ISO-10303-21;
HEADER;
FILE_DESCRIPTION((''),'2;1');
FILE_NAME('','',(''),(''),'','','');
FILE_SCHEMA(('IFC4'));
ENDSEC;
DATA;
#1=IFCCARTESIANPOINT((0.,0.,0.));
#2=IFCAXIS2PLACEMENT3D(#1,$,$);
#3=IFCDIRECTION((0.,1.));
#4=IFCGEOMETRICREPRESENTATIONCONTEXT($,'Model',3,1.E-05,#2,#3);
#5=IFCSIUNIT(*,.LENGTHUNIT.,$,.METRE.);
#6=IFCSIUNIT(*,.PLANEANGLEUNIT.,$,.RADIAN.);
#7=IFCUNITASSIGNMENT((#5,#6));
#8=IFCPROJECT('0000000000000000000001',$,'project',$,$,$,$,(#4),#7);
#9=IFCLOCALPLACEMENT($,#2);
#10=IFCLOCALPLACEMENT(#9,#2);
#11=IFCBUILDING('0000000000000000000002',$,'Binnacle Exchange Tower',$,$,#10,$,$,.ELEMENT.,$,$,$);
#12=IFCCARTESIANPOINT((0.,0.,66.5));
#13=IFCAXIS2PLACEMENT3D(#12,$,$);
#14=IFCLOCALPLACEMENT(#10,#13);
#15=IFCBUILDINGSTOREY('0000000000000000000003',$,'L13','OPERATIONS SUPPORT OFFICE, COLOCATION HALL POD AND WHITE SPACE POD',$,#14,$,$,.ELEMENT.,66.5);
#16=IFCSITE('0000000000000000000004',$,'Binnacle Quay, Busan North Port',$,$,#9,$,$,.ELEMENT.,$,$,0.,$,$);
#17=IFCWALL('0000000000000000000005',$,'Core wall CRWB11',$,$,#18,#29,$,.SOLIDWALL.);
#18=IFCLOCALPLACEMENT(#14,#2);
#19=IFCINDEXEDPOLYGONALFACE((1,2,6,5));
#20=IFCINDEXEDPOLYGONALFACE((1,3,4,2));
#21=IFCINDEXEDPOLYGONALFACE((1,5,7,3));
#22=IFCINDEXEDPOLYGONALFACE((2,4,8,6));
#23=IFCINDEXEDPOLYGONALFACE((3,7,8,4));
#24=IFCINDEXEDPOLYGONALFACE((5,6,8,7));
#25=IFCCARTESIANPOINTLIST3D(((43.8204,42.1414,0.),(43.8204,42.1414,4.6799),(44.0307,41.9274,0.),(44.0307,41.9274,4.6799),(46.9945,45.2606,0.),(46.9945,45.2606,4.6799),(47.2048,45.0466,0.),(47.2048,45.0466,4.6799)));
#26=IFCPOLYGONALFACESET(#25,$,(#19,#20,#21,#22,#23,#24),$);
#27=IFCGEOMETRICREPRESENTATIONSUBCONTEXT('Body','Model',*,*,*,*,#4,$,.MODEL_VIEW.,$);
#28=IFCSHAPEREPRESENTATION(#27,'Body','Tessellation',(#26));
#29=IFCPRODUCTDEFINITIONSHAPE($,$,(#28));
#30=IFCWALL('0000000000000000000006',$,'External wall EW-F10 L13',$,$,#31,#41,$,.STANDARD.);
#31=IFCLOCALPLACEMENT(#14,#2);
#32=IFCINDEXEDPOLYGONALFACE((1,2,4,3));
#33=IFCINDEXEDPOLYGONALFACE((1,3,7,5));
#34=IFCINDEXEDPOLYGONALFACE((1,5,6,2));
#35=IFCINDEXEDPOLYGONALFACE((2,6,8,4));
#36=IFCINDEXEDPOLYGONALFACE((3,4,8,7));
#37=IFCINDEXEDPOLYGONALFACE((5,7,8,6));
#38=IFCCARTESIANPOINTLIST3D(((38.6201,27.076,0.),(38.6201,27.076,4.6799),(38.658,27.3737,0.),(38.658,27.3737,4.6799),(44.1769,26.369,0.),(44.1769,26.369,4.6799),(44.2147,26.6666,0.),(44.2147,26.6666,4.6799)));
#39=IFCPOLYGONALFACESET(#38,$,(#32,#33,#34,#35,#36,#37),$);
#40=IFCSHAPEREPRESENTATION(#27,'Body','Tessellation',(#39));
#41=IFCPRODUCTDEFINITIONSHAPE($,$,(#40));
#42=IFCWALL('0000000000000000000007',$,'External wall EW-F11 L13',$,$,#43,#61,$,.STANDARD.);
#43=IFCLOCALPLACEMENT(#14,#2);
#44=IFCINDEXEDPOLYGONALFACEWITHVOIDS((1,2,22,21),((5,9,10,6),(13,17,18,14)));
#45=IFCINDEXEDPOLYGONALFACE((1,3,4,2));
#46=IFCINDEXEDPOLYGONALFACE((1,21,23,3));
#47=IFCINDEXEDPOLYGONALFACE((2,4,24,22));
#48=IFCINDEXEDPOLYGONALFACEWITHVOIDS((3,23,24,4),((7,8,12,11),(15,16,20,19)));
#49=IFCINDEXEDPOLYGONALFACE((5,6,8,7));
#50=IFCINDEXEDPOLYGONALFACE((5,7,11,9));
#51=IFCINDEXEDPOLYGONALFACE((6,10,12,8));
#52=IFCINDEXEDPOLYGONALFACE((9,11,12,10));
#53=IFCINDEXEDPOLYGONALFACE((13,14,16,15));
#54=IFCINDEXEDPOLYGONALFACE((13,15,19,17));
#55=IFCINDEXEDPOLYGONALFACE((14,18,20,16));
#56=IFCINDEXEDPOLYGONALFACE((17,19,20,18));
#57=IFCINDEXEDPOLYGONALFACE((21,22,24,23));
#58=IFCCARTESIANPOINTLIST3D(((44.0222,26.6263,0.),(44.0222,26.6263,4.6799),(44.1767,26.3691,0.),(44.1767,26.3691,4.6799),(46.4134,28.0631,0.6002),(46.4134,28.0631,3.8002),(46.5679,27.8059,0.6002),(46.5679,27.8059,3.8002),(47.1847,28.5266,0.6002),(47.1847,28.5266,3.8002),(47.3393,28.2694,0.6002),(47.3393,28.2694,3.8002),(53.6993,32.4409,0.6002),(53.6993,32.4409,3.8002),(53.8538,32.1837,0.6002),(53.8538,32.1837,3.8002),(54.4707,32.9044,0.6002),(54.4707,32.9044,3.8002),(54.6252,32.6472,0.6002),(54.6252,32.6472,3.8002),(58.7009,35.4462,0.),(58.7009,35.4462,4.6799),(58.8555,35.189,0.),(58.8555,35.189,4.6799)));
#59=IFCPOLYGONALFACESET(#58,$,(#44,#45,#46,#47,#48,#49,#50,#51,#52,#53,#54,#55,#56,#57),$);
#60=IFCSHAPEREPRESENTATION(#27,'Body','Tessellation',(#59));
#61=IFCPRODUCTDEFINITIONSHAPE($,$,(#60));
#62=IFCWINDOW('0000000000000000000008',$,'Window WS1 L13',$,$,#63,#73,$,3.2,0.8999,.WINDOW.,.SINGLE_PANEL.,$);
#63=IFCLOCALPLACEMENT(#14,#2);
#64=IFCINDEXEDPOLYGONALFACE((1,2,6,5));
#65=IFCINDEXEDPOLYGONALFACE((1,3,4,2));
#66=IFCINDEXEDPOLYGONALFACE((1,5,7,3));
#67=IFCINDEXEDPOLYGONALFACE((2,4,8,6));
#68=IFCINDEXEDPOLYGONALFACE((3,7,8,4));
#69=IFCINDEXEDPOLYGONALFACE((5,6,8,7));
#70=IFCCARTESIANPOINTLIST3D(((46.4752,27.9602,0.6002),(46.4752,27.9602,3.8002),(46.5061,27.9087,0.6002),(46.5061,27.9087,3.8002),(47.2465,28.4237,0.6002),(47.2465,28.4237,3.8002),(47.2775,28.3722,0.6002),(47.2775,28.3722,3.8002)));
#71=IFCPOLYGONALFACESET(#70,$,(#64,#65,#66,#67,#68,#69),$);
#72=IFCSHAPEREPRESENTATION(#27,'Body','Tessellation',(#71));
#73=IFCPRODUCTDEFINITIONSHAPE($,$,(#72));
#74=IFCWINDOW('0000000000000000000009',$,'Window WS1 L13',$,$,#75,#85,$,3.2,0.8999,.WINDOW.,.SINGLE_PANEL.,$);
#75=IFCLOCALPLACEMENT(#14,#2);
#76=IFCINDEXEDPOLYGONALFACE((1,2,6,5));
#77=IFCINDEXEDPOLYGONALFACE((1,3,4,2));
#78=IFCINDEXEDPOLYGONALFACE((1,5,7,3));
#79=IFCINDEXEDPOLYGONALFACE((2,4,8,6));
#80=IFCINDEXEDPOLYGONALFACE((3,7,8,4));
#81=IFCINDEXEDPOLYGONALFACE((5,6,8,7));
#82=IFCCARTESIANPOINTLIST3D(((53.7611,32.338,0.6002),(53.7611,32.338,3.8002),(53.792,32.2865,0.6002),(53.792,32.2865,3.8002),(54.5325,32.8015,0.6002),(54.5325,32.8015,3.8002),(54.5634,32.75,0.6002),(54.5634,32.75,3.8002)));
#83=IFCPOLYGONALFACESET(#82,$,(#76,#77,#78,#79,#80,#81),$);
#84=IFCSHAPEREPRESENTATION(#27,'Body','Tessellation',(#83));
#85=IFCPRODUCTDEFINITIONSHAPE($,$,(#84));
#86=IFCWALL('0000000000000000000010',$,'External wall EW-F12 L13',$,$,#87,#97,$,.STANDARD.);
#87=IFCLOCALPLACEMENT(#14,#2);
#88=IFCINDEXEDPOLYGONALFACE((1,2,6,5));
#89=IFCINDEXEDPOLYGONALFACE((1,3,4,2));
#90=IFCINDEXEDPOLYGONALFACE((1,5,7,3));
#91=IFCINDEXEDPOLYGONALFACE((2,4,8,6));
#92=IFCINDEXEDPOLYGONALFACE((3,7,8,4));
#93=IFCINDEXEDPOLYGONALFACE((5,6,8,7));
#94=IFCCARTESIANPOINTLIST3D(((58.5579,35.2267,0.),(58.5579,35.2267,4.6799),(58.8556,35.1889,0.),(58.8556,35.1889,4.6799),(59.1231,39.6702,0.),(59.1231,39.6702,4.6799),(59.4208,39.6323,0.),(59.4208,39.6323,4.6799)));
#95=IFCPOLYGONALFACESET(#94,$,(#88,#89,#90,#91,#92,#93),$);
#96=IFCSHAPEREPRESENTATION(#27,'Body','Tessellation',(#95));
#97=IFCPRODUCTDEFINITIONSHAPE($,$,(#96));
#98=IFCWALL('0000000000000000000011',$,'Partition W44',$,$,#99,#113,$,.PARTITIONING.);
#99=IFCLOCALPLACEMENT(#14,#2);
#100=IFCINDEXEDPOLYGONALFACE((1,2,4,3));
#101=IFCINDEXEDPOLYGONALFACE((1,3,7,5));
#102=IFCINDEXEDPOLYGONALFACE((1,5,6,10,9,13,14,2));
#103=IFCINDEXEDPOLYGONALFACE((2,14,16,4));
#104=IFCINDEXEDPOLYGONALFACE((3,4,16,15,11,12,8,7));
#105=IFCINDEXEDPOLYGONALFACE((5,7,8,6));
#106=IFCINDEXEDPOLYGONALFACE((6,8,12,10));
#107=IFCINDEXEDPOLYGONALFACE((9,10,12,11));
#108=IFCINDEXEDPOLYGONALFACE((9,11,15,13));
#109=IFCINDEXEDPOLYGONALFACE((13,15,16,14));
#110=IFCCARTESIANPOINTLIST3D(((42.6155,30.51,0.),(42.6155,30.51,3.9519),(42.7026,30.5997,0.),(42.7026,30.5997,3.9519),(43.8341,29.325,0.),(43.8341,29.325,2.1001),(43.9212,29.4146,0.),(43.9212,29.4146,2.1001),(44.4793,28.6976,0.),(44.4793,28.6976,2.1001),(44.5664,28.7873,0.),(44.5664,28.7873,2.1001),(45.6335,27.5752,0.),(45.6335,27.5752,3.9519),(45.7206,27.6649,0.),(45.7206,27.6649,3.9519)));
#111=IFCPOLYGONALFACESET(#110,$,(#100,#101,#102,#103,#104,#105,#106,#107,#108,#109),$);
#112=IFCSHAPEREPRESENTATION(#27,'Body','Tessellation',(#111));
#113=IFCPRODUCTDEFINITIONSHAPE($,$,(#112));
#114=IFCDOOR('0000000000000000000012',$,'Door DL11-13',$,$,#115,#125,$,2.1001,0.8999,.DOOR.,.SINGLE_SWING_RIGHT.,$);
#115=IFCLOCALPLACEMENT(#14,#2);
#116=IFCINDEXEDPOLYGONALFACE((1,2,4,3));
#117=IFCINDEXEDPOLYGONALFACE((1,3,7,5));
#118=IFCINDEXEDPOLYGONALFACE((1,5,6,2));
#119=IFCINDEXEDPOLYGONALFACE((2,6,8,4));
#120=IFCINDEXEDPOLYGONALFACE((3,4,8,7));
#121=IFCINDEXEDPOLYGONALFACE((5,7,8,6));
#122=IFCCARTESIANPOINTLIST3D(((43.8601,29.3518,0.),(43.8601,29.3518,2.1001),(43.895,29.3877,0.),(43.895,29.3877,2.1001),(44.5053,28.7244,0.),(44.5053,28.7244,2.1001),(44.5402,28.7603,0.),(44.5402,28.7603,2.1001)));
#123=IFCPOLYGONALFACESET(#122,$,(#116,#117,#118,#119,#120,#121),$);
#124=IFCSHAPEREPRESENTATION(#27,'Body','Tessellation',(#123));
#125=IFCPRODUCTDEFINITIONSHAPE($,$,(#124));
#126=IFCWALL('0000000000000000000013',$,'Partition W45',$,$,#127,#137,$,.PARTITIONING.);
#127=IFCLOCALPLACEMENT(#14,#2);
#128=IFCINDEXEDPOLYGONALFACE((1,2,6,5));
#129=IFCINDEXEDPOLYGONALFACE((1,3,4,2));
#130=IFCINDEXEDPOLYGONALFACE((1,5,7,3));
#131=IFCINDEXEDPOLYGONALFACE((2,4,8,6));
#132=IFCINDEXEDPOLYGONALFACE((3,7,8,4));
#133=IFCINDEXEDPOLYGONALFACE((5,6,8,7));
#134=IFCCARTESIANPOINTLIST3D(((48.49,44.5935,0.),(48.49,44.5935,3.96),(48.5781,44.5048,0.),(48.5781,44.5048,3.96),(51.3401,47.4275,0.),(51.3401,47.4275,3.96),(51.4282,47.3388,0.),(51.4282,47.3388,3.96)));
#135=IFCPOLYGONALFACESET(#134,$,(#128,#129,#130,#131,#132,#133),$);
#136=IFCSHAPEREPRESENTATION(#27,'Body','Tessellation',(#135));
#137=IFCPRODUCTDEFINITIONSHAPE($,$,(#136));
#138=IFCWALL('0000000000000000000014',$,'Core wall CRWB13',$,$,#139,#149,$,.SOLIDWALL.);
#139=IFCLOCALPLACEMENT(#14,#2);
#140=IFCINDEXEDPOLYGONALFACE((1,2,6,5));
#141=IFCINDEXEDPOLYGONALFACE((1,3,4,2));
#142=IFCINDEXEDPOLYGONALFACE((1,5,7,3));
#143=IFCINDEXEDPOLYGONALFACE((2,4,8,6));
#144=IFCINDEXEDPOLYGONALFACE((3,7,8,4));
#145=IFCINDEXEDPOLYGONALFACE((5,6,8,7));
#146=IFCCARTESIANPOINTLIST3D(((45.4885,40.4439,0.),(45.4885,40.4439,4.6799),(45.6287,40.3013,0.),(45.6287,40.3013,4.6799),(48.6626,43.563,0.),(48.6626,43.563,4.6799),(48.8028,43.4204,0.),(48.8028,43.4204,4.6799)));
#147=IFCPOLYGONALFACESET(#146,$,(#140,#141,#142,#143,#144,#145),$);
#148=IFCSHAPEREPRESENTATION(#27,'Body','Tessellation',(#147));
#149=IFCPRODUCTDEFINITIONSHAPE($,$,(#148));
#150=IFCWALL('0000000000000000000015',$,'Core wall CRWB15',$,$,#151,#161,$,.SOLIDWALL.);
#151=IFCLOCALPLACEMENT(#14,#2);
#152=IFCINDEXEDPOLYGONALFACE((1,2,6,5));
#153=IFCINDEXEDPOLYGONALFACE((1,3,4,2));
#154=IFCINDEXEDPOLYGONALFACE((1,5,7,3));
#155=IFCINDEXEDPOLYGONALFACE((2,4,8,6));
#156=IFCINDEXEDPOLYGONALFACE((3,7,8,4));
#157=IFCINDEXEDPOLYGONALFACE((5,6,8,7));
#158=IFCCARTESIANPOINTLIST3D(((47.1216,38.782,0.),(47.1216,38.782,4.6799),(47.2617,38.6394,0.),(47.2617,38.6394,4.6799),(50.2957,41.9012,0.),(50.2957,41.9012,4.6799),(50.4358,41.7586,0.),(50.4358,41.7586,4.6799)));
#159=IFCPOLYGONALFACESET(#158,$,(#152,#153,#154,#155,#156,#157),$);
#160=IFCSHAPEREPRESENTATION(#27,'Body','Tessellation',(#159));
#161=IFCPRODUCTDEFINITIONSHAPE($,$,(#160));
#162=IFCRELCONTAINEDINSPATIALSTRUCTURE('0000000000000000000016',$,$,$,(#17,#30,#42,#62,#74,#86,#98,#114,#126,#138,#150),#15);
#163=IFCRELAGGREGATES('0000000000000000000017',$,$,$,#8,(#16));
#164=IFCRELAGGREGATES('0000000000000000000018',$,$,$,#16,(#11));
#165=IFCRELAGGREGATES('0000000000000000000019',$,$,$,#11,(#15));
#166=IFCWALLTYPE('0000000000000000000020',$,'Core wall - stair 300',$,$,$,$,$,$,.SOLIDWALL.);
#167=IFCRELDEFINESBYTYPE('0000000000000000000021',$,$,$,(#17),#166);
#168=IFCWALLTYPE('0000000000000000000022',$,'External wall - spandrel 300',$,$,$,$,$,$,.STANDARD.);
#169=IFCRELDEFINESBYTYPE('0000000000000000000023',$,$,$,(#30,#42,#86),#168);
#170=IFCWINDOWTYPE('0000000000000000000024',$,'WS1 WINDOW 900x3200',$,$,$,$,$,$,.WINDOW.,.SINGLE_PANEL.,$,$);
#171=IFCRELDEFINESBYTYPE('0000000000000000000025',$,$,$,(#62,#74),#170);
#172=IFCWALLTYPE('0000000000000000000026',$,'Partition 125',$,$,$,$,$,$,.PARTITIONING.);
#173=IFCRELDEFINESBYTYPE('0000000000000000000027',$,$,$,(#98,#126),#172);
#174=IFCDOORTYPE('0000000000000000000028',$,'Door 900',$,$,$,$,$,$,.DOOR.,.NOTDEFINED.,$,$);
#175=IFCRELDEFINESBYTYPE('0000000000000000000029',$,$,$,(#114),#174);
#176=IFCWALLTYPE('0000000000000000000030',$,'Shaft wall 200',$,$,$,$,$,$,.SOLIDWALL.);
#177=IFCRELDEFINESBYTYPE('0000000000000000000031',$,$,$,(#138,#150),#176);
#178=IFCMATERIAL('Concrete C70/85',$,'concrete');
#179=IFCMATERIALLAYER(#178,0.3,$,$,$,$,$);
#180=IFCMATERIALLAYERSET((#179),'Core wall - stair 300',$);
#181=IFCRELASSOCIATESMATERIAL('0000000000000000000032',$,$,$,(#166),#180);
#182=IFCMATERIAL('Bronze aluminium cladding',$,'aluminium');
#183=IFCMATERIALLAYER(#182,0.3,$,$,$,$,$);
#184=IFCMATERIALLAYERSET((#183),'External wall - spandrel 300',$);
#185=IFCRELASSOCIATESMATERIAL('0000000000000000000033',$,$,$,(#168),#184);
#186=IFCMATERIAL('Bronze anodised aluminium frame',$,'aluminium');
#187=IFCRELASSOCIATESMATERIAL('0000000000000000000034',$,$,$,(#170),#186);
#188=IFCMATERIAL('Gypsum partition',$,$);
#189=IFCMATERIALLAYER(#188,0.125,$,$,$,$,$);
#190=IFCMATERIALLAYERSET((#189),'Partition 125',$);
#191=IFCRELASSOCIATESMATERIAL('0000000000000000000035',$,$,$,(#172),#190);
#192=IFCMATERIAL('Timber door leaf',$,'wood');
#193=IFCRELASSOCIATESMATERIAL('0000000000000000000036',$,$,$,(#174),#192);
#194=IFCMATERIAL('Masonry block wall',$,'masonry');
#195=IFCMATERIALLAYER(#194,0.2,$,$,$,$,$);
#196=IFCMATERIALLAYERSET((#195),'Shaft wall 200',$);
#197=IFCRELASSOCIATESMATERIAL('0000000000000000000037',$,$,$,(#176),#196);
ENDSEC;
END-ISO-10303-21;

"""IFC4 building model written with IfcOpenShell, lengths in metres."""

from ifc_helpers import new_model, si_unit, direction, frame, frame_2d, origin, place, context, subcontext, project, spatial, rectangle, extrude, material, layer, layer_set, type_object, element, fill, save


model = new_model("IFC4")

# Units and contexts
model_context = context("Model", 3, precision=1e-05, world=origin(), true_north=direction((0.0, 1.0)))
body_context = subcontext(model_context, "Body", "Model", "MODEL_VIEW")
ifc_project = project(units=[si_unit("LENGTHUNIT", "METRE"), si_unit("PLANEANGLEUNIT", "RADIAN")], contexts=[model_context])

# Site, building, storey
site_placement = place(None, origin())
site = spatial("IfcSite", under=ifc_project, at=site_placement, Name="Binnacle Quay, Busan North Port", CompositionType="ELEMENT", RefElevation=0.0)
building_placement = place(site_placement, origin())
building = spatial("IfcBuilding", under=site, at=building_placement, Name="Binnacle Exchange Tower", CompositionType="ELEMENT")
storey_placement = place(building_placement, frame((0.0, 0.0, 66.5)))
storey = spatial("IfcBuildingStorey", under=building, at=storey_placement, Name="L13", Description="OPERATIONS SUPPORT OFFICE, COLOCATION HALL POD AND WHITE SPACE POD", CompositionType="ELEMENT", Elevation=66.5)

# Shared definitions
ifc_material_1 = material(Name="Concrete C70/85", Category="concrete")

# Walls
ifc_layer_1 = layer(ifc_material_1, 0.3)
ifc_layer_set_1 = layer_set([ifc_layer_1], Name="Core wall - stair 300")
wall_type_1 = type_object("IfcWallType", Name="Core wall - stair 300", PredefinedType="SOLIDWALL", material=ifc_layer_set_1)
wall_1_placement = place(storey_placement, frame((43.9255, 42.0344, 0.0), z_axis=(0.0, 0.0, 1.0), x_axis=(0.713252, 0.700908, 0.0)))
element("IfcWall", 1, at=wall_1_placement, inside=storey, type_object=wall_type_1, Name="Core wall CRWB11", PredefinedType="SOLIDWALL", context=body_context, shape_type="SweptSolid", body=[
    extrude(rectangle(XDim=4.4502, YDim=0.3, at=frame_2d((2.2251, 0.0))), origin(), (0.0, 0.0, 1.0), 4.6799),
])
ifc_material_2 = material(Name="Bronze aluminium cladding", Category="aluminium")
ifc_layer_2 = layer(ifc_material_2, 0.3)
ifc_layer_set_2 = layer_set([ifc_layer_2], Name="External wall - spandrel 300")
wall_type_2 = type_object("IfcWallType", Name="External wall - spandrel 300", PredefinedType="STANDARD", material=ifc_layer_set_2)
wall_2_placement = place(storey_placement, frame((44.1958, 26.5178, 0.0), z_axis=(0.0, 0.0, 1.0), x_axis=(-0.992002, 0.126223, 0.0)))
element("IfcWall", 2, at=wall_2_placement, inside=storey, type_object=wall_type_2, Name="External wall EW-F10 L13", PredefinedType="STANDARD", context=body_context, shape_type="SweptSolid", body=[
    extrude(rectangle(XDim=5.6016, YDim=0.3, at=frame_2d((2.8008, 0.0))), origin(), (0.0, 0.0, 1.0), 4.6799),
])

# Wall, openings, windows
wall_3_placement = place(storey_placement, frame((58.7783, 35.3176, 0.0), z_axis=(0.0, 0.0, 1.0), x_axis=(-0.857168, -0.515037, 0.0)))
wall_3 = element("IfcWall", 3, at=wall_3_placement, inside=storey, type_object=wall_type_2, Name="External wall EW-F11 L13", PredefinedType="STANDARD", context=body_context, shape_type="SweptSolid", body=[
    extrude(rectangle(XDim=17.1248, YDim=0.3, at=frame_2d((8.5625, 0.0))), origin(), (0.0, 0.0, 1.0), 4.6799),
])
opening_1_placement = place(wall_3_placement, frame((13.4353, 0.0, 0.6001)))
opening_1 = element("IfcOpeningElement", 4, at=opening_1_placement, cuts=wall_3, PredefinedType="OPENING", context=body_context, shape_type="SweptSolid", body=[
    extrude(rectangle(XDim=0.8999, YDim=3.2, at=frame_2d((0.45, 1.6001))), frame((0.0, 0.1599, 0.0), z_axis=(0.0, -1.0, 0.0), x_axis=(1.0, 0.0, 0.0)), (0.0, 0.0, 1.0), 0.3201),
])
opening_2_placement = place(wall_3_placement, frame((4.9353, 0.0, 0.6001)))
opening_2 = element("IfcOpeningElement", 5, at=opening_2_placement, cuts=wall_3, PredefinedType="OPENING", context=body_context, shape_type="SweptSolid", body=[
    extrude(rectangle(XDim=0.8999, YDim=3.2, at=frame_2d((0.45, 1.6001))), frame((0.0, 0.1599, 0.0), z_axis=(0.0, -1.0, 0.0), x_axis=(1.0, 0.0, 0.0)), (0.0, 0.0, 1.0), 0.3201),
])
ifc_material_3 = material(Name="Bronze anodised aluminium frame", Category="aluminium")
window_type = type_object("IfcWindowType", Name="WS1 WINDOW 900x3200", PartitioningType="SINGLE_PANEL", PredefinedType="WINDOW", material=ifc_material_3)
window_1_placement = place(opening_1_placement, origin())
window_1 = element("IfcWindow", 6, at=window_1_placement, inside=storey, type_object=window_type, Name="Window WS1 L13", OverallHeight=3.2, OverallWidth=0.8999, PartitioningType="SINGLE_PANEL", PredefinedType="WINDOW", context=body_context, shape_type="SweptSolid", body=[
    extrude(rectangle(XDim=0.8999, YDim=3.2, at=frame_2d((0.45, 1.6001))), frame((0.0, 0.03, 0.0), z_axis=(0.0, -1.0, 0.0), x_axis=(1.0, 0.0, 0.0)), (0.0, 0.0, 1.0), 0.0601),
])
fill(opening_1, window_1)
window_2_placement = place(opening_2_placement, origin())
window_2 = element("IfcWindow", 7, at=window_2_placement, inside=storey, type_object=window_type, Name="Window WS1 L13", OverallHeight=3.2, OverallWidth=0.8999, PartitioningType="SINGLE_PANEL", PredefinedType="WINDOW", context=body_context, shape_type="SweptSolid", body=[
    extrude(rectangle(XDim=0.8999, YDim=3.2, at=frame_2d((0.45, 1.6001))), frame((0.0, 0.03, 0.0), z_axis=(0.0, -1.0, 0.0), x_axis=(1.0, 0.0, 0.0)), (0.0, 0.0, 1.0), 0.0601),
])
fill(opening_2, window_2)

# Wall
wall_4_placement = place(storey_placement, frame((59.272, 39.6514, 0.0), z_axis=(0.0, 0.0, 1.0), x_axis=(-0.126181, -0.992007, 0.0)))
element("IfcWall", 8, at=wall_4_placement, inside=storey, type_object=wall_type_2, Name="External wall EW-F12 L13", PredefinedType="STANDARD", context=body_context, shape_type="SweptSolid", body=[
    extrude(rectangle(XDim=4.4792, YDim=0.3, at=frame_2d((2.2397, 0.0))), origin(), (0.0, 0.0, 1.0), 4.6799),
])

# Wall, opening, door
ifc_material_4 = material(Name="Gypsum partition")
ifc_layer_3 = layer(ifc_material_4, 0.125)
ifc_layer_set_3 = layer_set([ifc_layer_3], Name="Partition 125")
wall_type_3 = type_object("IfcWallType", Name="Partition 125", PredefinedType="PARTITIONING", material=ifc_layer_set_3)
wall_5_placement = place(storey_placement, frame((42.6589, 30.5549, 0.0), z_axis=(0.0, 0.0, 1.0), x_axis=(0.716926, -0.69715, 0.0)))
wall_5 = element("IfcWall", 9, at=wall_5_placement, inside=storey, type_object=wall_type_3, Name="Partition W44", PredefinedType="PARTITIONING", context=body_context, shape_type="SweptSolid", body=[
    extrude(rectangle(XDim=4.2097, YDim=0.125, at=frame_2d((2.105, 0.0))), origin(), (0.0, 0.0, 1.0), 3.9519),
])
opening_3_placement = place(wall_5_placement, frame((1.7, 0.0, 0.0)))
opening_3 = element("IfcOpeningElement", 10, at=opening_3_placement, cuts=wall_5, PredefinedType="OPENING", context=body_context, shape_type="SweptSolid", body=[
    extrude(rectangle(XDim=0.8999, YDim=2.1001, at=frame_2d((0.45, 1.05))), frame((0.0, 0.0725, 0.0), z_axis=(0.0, -1.0, 0.0), x_axis=(1.0, 0.0, 0.0)), (0.0, 0.0, 1.0), 0.145),
])
ifc_material_5 = material(Name="Timber door leaf", Category="wood")
door_type_1 = type_object("IfcDoorType", Name="Door 900", OperationType="NOTDEFINED", PredefinedType="DOOR", material=ifc_material_5)
door_1_placement = place(opening_3_placement, origin())
door_1 = element("IfcDoor", 11, at=door_1_placement, inside=storey, type_object=door_type_1, Name="Door DL11-13", OperationType="SINGLE_SWING_RIGHT", OverallHeight=2.1001, OverallWidth=0.8999, PredefinedType="DOOR", context=body_context, shape_type="SweptSolid", body=[
    extrude(rectangle(XDim=0.8999, YDim=2.1001, at=frame_2d((0.45, 1.05))), frame((0.0, 0.0249, 0.0), z_axis=(0.0, -1.0, 0.0), x_axis=(1.0, 0.0, 0.0)), (0.0, 0.0, 1.0), 0.05),
])
fill(opening_3, door_1)

# Walls
wall_6_placement = place(storey_placement, frame((48.5339, 44.5491, 0.0), z_axis=(0.0, 0.0, 1.0), x_axis=(0.709108, 0.705099, 0.0)))
element("IfcWall", 12, at=wall_6_placement, inside=storey, type_object=wall_type_3, Name="Partition W45", PredefinedType="PARTITIONING", context=body_context, shape_type="SweptSolid", body=[
    extrude(rectangle(XDim=4.0193, YDim=0.125, at=frame_2d((2.0098, 0.0))), origin(), (0.0, 0.0, 1.0), 3.96),
])
ifc_material_6 = material(Name="Masonry block wall", Category="masonry")
ifc_layer_4 = layer(ifc_material_6, 0.2)
ifc_layer_set_4 = layer_set([ifc_layer_4], Name="Shaft wall 200")
wall_type_4 = type_object("IfcWallType", Name="Shaft wall 200", PredefinedType="SOLIDWALL", material=ifc_layer_set_4)
for number, where, z_axis, x_axis, name in (
    (13, (45.5586, 40.3726, 0.0), (0.0, 0.0, 1.0), (0.713252, 0.700908, 0.0), "Core wall CRWB13"),
    (14, (47.1917, 38.7107, 0.0), (0.0, 0.0, 1.0), (0.713252, 0.700908, 0.0), "Core wall CRWB15"),
):
    element("IfcWall", number, at=place(storey_placement, frame(where, z_axis=z_axis, x_axis=x_axis)), inside=storey, type_object=wall_type_4, Name=name, PredefinedType="SOLIDWALL", context=body_context, shape_type="SweptSolid", body=[
        extrude(rectangle(XDim=4.4502, YDim=0.2, at=frame_2d((2.2251, 0.0))), origin(), (0.0, 0.0, 1.0), 4.6799),
    ])

save(model, "model.ifc")
